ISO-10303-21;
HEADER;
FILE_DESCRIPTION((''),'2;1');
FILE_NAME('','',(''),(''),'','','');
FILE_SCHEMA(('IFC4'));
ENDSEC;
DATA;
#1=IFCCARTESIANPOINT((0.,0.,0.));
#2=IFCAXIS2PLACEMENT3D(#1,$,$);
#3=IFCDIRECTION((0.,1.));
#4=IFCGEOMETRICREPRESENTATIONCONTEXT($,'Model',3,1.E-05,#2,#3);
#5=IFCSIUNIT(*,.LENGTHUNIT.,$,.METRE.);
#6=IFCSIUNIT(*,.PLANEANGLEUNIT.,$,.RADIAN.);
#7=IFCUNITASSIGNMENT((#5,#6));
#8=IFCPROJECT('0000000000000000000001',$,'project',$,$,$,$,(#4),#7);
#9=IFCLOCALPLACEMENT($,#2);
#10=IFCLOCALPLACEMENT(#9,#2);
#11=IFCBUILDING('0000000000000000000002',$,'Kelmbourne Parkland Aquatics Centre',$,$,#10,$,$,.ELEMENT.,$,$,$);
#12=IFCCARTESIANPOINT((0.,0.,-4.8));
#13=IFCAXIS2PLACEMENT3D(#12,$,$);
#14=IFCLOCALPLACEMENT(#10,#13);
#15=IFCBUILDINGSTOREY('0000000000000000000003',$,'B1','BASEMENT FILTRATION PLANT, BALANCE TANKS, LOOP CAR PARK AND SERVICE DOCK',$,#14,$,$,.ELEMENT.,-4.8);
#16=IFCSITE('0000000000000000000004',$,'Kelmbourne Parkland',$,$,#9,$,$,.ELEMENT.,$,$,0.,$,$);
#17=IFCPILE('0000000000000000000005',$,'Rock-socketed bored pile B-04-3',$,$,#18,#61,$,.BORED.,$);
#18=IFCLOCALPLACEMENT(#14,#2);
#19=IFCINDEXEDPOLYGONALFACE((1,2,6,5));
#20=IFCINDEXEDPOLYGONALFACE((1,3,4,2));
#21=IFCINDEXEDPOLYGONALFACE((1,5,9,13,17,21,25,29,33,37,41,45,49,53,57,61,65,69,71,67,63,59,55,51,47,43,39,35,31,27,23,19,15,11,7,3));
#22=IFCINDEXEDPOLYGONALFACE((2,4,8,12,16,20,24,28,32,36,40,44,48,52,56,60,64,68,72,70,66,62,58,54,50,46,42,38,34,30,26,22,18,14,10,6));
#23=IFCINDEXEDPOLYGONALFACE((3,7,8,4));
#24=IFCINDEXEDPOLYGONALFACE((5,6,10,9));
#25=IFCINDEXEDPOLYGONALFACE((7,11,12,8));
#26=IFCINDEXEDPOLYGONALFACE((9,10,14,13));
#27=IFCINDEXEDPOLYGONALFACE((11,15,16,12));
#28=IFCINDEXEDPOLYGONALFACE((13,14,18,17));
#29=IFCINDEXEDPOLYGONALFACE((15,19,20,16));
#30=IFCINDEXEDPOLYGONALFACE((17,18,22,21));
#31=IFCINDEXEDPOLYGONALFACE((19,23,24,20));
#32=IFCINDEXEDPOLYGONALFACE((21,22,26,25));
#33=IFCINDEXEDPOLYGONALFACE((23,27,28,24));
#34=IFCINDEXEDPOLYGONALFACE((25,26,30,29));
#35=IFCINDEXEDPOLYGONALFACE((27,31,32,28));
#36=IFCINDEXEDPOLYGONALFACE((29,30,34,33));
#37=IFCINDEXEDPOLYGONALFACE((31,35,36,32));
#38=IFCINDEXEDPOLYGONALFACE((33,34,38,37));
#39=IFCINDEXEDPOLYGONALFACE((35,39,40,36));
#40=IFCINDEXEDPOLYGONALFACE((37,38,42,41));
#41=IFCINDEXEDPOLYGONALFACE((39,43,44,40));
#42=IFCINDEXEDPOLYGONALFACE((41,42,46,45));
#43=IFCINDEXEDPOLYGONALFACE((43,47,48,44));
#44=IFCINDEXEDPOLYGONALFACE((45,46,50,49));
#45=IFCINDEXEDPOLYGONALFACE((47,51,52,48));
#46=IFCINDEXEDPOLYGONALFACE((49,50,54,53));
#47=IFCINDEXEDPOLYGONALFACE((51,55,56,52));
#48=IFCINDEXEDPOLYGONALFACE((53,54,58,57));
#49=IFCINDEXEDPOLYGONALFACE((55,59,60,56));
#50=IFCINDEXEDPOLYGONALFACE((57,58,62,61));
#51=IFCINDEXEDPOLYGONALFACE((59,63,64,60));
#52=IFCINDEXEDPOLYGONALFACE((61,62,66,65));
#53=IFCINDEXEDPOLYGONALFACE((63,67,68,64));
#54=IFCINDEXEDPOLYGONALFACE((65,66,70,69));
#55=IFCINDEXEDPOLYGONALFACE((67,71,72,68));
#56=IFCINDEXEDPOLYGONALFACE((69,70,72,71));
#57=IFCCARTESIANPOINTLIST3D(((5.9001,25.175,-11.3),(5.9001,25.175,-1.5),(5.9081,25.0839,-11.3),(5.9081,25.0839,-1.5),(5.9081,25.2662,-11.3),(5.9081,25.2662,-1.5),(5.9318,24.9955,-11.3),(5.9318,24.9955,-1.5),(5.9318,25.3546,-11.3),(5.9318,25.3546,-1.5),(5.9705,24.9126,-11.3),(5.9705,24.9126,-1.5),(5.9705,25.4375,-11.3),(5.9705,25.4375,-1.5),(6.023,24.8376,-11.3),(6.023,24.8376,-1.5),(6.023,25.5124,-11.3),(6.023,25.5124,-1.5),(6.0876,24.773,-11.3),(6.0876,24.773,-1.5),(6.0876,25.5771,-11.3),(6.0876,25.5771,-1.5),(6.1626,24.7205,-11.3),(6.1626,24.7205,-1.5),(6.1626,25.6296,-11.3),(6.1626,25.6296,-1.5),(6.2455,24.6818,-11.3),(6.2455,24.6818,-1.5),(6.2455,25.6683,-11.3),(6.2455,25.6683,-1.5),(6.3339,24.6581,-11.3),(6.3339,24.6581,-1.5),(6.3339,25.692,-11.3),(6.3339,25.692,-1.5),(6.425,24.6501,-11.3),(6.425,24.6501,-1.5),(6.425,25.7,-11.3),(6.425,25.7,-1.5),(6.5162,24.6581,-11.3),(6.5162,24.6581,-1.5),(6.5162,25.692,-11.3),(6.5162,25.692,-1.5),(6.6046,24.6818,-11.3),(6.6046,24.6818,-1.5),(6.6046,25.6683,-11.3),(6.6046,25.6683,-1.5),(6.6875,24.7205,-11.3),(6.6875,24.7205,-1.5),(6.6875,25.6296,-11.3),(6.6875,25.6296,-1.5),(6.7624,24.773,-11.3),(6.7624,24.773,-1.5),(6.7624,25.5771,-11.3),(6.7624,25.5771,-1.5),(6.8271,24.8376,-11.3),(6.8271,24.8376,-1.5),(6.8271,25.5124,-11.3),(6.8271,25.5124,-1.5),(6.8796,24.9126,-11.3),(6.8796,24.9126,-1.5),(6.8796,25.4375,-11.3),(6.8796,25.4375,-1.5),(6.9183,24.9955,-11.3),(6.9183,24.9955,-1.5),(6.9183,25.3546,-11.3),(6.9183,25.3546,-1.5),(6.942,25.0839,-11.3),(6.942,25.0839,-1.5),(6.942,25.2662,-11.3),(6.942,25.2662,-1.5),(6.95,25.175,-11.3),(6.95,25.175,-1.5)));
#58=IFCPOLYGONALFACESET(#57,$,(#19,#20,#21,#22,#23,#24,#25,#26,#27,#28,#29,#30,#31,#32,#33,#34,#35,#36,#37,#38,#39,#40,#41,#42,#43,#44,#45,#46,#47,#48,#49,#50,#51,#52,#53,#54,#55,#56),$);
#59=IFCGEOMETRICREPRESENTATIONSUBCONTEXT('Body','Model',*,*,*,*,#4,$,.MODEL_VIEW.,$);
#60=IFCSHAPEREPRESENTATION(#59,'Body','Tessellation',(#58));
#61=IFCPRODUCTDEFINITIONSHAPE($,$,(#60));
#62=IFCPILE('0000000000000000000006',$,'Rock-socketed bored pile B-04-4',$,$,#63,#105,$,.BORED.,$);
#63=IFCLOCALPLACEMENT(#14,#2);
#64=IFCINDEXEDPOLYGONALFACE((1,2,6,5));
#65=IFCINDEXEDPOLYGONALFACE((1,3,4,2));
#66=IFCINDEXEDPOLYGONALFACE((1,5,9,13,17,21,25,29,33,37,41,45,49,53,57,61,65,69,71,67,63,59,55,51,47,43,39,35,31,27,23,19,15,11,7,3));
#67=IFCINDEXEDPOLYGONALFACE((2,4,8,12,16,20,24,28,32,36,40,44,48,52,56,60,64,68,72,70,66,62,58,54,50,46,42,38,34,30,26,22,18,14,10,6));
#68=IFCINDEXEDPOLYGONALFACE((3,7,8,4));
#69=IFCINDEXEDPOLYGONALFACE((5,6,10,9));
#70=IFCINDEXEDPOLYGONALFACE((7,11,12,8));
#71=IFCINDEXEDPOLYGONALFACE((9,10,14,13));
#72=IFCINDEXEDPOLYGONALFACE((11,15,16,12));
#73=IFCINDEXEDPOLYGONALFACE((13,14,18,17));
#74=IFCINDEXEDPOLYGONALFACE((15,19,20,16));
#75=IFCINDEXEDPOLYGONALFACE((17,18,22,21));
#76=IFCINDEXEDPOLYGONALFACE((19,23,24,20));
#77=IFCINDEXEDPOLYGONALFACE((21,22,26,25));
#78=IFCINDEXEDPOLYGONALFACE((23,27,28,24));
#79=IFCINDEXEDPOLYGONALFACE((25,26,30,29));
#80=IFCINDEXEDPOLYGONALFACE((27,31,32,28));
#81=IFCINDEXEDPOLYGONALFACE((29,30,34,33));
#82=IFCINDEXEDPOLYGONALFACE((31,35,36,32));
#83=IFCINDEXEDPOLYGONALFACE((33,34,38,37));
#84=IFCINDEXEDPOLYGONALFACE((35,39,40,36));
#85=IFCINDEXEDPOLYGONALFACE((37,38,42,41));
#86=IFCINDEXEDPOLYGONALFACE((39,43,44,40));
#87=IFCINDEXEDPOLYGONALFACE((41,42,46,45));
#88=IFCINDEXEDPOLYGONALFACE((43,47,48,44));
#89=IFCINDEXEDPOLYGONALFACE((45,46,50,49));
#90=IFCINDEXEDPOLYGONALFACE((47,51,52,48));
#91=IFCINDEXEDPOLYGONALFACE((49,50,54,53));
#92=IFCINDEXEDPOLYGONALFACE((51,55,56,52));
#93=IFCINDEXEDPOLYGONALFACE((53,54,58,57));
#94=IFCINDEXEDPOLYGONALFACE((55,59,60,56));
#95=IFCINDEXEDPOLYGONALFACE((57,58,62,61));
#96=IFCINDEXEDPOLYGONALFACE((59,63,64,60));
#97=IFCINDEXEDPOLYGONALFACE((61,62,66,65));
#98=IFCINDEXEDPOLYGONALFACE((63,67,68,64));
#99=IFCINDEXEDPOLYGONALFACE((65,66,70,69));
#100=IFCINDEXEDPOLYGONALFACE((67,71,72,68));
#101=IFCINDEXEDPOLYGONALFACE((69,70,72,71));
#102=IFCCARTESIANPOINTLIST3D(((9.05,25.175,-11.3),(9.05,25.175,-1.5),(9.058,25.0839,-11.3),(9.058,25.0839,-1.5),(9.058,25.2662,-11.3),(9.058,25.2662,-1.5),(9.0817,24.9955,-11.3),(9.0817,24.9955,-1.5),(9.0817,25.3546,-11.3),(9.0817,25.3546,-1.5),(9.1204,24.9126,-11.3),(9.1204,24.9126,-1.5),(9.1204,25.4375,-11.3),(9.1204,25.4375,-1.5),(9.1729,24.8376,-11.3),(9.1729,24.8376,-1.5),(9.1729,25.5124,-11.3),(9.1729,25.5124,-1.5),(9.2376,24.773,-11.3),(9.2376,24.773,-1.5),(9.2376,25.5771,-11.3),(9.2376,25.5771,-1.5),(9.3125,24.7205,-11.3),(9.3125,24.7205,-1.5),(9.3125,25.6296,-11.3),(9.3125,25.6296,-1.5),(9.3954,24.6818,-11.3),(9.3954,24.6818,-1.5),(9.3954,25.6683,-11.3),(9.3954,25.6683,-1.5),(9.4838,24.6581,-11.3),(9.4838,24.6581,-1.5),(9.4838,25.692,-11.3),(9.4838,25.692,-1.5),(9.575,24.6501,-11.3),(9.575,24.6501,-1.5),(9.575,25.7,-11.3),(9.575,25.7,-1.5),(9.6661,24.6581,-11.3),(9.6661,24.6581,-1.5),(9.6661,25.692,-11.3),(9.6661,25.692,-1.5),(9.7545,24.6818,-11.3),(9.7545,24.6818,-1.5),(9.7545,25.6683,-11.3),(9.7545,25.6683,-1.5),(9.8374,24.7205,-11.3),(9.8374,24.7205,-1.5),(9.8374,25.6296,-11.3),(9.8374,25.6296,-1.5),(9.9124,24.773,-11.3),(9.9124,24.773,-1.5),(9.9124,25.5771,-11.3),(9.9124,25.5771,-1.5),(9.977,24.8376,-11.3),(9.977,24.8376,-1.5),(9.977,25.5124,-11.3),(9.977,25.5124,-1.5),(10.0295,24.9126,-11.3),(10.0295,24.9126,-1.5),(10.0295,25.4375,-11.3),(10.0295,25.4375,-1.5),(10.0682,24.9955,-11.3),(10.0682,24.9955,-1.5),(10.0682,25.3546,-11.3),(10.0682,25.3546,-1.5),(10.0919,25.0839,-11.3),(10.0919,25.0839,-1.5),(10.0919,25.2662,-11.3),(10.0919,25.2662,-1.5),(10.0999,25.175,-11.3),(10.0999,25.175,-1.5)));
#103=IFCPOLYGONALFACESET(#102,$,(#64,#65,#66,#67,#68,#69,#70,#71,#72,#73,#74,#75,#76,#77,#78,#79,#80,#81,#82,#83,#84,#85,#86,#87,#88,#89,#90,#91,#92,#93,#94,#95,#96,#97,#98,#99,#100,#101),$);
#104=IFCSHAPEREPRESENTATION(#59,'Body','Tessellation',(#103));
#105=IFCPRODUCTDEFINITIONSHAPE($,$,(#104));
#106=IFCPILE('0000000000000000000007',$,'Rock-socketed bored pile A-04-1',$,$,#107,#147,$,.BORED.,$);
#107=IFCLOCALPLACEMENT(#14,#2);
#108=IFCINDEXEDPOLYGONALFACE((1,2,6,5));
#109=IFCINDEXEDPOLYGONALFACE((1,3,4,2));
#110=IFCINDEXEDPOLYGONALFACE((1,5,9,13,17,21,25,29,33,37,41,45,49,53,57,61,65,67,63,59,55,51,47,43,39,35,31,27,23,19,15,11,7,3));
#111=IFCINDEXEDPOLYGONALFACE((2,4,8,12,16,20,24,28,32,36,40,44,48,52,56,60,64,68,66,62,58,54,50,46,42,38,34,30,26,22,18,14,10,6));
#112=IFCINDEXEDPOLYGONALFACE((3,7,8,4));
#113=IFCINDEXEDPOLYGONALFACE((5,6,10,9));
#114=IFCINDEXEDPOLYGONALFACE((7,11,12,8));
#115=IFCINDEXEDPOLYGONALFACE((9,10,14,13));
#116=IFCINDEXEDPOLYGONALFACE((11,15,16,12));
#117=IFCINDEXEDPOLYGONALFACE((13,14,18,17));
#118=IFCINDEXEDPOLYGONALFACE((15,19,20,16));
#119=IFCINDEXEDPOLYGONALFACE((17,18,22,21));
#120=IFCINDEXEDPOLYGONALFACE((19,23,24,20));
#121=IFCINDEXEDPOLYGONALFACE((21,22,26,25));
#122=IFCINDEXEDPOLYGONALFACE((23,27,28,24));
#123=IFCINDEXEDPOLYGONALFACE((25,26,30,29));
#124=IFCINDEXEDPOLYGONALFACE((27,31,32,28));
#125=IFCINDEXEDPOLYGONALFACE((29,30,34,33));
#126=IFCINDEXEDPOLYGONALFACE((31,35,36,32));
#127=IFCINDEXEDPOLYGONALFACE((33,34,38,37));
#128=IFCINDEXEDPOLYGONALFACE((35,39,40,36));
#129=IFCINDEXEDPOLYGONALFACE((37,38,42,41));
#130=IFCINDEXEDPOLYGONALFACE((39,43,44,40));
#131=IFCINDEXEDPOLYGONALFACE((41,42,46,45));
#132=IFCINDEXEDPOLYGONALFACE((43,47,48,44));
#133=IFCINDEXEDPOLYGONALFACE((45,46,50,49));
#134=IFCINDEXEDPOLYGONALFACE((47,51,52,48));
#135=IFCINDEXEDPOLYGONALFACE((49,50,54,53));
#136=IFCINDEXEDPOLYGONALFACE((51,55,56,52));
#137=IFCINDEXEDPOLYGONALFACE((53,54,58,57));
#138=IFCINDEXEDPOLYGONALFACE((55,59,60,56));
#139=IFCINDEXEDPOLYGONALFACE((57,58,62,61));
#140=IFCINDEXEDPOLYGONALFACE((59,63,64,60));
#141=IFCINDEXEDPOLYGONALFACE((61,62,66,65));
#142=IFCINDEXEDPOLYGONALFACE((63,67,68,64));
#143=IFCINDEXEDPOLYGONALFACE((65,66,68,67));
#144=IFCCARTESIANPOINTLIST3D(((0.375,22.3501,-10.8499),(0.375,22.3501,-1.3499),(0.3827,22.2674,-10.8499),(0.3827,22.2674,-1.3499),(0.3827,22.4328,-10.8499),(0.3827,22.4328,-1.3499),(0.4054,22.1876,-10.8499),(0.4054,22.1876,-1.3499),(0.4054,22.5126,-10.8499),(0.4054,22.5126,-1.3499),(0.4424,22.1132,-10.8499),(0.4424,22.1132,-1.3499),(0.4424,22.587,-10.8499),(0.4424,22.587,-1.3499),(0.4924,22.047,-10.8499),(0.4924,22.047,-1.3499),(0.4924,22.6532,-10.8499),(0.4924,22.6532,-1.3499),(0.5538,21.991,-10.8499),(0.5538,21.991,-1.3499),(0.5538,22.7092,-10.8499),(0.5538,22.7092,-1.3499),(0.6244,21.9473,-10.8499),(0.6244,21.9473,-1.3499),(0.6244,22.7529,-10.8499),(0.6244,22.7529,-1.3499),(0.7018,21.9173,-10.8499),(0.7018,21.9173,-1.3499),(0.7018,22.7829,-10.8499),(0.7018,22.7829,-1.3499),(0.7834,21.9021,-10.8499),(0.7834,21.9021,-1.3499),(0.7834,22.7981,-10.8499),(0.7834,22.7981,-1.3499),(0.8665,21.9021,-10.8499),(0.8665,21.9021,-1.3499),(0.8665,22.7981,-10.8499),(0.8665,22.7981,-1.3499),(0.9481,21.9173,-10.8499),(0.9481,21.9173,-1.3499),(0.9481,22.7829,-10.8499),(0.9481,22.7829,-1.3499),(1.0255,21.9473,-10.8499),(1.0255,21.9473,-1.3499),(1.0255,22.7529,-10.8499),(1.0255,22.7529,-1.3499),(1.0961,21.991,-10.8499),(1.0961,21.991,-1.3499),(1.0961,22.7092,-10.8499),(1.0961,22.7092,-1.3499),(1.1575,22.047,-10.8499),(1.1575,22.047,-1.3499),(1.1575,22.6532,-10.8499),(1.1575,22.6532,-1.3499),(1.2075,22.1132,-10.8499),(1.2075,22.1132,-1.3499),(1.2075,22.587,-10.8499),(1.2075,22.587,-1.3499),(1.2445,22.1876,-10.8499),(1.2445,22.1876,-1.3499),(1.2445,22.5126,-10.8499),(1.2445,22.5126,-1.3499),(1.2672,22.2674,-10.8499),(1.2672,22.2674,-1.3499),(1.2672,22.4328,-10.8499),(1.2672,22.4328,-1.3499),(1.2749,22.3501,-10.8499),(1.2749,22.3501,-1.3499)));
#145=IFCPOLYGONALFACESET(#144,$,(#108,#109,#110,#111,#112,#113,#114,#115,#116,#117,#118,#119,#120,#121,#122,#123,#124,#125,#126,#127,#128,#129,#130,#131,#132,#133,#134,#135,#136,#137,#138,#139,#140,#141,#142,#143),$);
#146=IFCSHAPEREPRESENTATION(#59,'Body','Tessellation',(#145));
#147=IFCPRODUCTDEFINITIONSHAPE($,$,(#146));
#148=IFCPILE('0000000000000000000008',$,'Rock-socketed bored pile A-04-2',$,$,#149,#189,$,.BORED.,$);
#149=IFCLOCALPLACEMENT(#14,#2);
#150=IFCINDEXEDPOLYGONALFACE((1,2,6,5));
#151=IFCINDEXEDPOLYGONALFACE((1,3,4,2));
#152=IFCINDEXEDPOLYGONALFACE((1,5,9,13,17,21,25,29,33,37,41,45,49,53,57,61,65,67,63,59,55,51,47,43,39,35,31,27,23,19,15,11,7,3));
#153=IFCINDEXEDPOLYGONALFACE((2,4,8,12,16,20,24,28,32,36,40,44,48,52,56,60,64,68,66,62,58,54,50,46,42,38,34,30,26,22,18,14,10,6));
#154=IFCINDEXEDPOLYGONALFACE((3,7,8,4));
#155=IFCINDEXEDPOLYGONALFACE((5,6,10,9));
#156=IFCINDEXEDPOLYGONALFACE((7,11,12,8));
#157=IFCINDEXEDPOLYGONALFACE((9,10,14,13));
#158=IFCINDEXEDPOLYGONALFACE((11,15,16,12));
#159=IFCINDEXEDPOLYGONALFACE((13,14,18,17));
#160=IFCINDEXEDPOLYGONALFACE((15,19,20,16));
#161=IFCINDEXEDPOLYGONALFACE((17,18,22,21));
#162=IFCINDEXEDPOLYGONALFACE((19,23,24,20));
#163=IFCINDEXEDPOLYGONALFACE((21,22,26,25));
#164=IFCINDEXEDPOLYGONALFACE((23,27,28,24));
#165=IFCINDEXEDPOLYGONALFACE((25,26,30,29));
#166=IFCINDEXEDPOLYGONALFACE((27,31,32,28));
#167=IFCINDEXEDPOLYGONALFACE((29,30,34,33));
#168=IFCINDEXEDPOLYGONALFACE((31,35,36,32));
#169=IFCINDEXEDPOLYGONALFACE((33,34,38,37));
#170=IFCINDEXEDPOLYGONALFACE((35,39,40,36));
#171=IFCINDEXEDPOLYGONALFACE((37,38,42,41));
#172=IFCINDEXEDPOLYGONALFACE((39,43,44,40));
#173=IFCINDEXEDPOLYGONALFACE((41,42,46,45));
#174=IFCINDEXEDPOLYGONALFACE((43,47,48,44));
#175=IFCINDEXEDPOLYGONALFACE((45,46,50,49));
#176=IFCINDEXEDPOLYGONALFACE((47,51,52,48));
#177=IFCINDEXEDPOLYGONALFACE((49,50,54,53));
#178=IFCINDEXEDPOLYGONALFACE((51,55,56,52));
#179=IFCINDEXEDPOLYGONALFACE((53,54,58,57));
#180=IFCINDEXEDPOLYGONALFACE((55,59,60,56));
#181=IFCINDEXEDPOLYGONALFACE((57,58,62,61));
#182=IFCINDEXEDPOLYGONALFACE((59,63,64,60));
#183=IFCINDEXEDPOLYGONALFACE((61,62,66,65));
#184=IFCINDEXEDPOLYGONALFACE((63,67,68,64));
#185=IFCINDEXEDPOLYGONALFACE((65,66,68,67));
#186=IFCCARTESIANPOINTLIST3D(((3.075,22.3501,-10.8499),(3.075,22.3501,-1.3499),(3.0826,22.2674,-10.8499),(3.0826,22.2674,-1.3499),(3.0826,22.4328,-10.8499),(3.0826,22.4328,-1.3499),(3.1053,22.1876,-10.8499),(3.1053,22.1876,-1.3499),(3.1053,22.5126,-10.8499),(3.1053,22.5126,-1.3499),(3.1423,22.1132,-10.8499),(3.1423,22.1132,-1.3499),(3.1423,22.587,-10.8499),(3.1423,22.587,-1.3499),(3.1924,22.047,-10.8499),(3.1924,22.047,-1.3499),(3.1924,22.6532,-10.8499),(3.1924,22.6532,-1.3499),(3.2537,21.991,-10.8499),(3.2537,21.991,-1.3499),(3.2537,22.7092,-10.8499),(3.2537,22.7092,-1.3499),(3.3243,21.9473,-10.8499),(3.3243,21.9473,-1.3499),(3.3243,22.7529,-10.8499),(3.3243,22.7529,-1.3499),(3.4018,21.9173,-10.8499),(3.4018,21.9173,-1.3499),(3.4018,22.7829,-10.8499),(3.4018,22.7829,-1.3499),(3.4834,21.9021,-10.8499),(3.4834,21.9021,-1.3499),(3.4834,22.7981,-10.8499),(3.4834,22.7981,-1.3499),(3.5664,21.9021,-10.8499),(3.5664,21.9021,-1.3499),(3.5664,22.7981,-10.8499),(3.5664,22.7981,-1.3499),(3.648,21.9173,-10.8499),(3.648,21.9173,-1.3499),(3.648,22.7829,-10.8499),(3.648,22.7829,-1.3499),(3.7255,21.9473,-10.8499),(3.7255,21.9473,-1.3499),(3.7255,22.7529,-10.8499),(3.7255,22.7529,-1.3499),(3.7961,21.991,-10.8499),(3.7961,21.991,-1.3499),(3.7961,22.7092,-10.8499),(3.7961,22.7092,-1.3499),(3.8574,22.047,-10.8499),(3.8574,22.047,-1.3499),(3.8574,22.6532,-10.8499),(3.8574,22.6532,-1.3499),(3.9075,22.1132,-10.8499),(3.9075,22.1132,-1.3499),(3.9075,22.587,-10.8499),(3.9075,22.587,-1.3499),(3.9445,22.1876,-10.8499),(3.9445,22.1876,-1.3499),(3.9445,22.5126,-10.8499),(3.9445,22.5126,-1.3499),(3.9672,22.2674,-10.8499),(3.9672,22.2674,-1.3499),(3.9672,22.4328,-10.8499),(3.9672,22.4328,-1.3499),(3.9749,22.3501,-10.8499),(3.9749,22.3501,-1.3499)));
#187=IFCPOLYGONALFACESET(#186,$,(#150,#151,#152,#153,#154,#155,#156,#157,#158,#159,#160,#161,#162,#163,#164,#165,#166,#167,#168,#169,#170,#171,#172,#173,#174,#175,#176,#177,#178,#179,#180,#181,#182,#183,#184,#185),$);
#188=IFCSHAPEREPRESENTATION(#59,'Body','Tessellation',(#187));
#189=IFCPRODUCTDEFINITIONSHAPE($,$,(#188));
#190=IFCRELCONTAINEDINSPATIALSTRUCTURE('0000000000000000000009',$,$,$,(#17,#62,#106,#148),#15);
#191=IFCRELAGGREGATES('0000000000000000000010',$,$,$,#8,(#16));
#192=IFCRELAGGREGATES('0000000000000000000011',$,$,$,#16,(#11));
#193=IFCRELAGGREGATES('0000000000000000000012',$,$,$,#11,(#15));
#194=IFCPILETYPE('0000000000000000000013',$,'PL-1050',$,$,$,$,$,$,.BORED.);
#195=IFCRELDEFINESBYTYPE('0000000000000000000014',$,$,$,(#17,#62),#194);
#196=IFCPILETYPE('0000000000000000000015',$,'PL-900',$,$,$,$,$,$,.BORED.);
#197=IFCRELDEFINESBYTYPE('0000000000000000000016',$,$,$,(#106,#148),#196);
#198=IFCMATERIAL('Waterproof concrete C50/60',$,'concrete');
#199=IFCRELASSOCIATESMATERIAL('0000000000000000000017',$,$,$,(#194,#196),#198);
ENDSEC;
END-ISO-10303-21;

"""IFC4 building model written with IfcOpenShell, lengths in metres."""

from ifc_helpers import new_model, si_unit, direction, frame, origin, origin_2d, place, context, subcontext, project, spatial, circle, extrude, material, material_profile, profile_set, type_object, element, save


model = new_model("IFC4")

# Units and contexts
model_context = context("Model", 3, precision=1e-05, world=origin(), true_north=direction((0.0, 1.0)))
body_context = subcontext(model_context, "Body", "Model", "MODEL_VIEW")
ifc_project = project(units=[si_unit("LENGTHUNIT", "METRE"), si_unit("PLANEANGLEUNIT", "RADIAN")], contexts=[model_context])

# Site, building, storey
site_placement = place(None, origin())
site = spatial("IfcSite", under=ifc_project, at=site_placement, Name="Kelmbourne Parkland", CompositionType="ELEMENT", RefElevation=0.0)
building_placement = place(site_placement, origin())
building = spatial("IfcBuilding", under=site, at=building_placement, Name="Kelmbourne Parkland Aquatics Centre", CompositionType="ELEMENT")
storey_placement = place(building_placement, frame((0.0, 0.0, -4.8)))
storey = spatial("IfcBuildingStorey", under=building, at=storey_placement, Name="B1", Description="BASEMENT FILTRATION PLANT, BALANCE TANKS, LOOP CAR PARK AND SERVICE DOCK", CompositionType="ELEMENT", Elevation=-4.8)

# Shared definitions
ifc_material_1 = material(Name="Waterproof concrete C50/60", Category="concrete")

# Piles
ifc_material_profile_1 = material_profile(ifc_material_1, circle(Radius=0.5249, at=origin_2d()), Name="PILE D1050")
ifc_profile_set_1 = profile_set([ifc_material_profile_1], Name="Waterproof concrete C50/60")
pile_type_1 = type_object("IfcPileType", Name="PL-1050", PredefinedType="BORED", material=ifc_profile_set_1)
for number, where, z_axis, x_axis, name in (
    (1, (6.425, 25.175, -1.5), (0.0, 0.0, -1.0), (1.0, 0.0, 0.0), "Rock-socketed bored pile B-04-3"),
    (2, (9.575, 25.175, -1.5), (0.0, 0.0, -1.0), (1.0, 0.0, 0.0), "Rock-socketed bored pile B-04-4"),
):
    element("IfcPile", number, at=place(storey_placement, frame(where, z_axis=z_axis, x_axis=x_axis)), inside=storey, type_object=pile_type_1, Name=name, PredefinedType="BORED", context=body_context, shape_type="SweptSolid", body=[
        extrude(circle(Radius=0.5249, at=origin_2d()), origin(), (0.0, 0.0, 1.0), 9.8),
    ])
ifc_material_profile_2 = material_profile(ifc_material_1, circle(Radius=0.45, at=origin_2d()), Name="PILE D900")
ifc_profile_set_2 = profile_set([ifc_material_profile_2], Name="Waterproof concrete C50/60")
pile_type_2 = type_object("IfcPileType", Name="PL-900", PredefinedType="BORED", material=ifc_profile_set_2)
for number, where, z_axis, x_axis, name in (
    (3, (0.825, 22.3501, -1.3499), (0.0, 0.0, -1.0), (1.0, 0.0, 0.0), "Rock-socketed bored pile A-04-1"),
    (4, (3.5249, 22.3501, -1.3499), (0.0, 0.0, -1.0), (1.0, 0.0, 0.0), "Rock-socketed bored pile A-04-2"),
):
    element("IfcPile", number, at=place(storey_placement, frame(where, z_axis=z_axis, x_axis=x_axis)), inside=storey, type_object=pile_type_2, Name=name, PredefinedType="BORED", context=body_context, shape_type="SweptSolid", body=[
        extrude(circle(Radius=0.45, at=origin_2d()), origin(), (0.0, 0.0, 1.0), 9.5),
    ])

save(model, "model.ifc")
